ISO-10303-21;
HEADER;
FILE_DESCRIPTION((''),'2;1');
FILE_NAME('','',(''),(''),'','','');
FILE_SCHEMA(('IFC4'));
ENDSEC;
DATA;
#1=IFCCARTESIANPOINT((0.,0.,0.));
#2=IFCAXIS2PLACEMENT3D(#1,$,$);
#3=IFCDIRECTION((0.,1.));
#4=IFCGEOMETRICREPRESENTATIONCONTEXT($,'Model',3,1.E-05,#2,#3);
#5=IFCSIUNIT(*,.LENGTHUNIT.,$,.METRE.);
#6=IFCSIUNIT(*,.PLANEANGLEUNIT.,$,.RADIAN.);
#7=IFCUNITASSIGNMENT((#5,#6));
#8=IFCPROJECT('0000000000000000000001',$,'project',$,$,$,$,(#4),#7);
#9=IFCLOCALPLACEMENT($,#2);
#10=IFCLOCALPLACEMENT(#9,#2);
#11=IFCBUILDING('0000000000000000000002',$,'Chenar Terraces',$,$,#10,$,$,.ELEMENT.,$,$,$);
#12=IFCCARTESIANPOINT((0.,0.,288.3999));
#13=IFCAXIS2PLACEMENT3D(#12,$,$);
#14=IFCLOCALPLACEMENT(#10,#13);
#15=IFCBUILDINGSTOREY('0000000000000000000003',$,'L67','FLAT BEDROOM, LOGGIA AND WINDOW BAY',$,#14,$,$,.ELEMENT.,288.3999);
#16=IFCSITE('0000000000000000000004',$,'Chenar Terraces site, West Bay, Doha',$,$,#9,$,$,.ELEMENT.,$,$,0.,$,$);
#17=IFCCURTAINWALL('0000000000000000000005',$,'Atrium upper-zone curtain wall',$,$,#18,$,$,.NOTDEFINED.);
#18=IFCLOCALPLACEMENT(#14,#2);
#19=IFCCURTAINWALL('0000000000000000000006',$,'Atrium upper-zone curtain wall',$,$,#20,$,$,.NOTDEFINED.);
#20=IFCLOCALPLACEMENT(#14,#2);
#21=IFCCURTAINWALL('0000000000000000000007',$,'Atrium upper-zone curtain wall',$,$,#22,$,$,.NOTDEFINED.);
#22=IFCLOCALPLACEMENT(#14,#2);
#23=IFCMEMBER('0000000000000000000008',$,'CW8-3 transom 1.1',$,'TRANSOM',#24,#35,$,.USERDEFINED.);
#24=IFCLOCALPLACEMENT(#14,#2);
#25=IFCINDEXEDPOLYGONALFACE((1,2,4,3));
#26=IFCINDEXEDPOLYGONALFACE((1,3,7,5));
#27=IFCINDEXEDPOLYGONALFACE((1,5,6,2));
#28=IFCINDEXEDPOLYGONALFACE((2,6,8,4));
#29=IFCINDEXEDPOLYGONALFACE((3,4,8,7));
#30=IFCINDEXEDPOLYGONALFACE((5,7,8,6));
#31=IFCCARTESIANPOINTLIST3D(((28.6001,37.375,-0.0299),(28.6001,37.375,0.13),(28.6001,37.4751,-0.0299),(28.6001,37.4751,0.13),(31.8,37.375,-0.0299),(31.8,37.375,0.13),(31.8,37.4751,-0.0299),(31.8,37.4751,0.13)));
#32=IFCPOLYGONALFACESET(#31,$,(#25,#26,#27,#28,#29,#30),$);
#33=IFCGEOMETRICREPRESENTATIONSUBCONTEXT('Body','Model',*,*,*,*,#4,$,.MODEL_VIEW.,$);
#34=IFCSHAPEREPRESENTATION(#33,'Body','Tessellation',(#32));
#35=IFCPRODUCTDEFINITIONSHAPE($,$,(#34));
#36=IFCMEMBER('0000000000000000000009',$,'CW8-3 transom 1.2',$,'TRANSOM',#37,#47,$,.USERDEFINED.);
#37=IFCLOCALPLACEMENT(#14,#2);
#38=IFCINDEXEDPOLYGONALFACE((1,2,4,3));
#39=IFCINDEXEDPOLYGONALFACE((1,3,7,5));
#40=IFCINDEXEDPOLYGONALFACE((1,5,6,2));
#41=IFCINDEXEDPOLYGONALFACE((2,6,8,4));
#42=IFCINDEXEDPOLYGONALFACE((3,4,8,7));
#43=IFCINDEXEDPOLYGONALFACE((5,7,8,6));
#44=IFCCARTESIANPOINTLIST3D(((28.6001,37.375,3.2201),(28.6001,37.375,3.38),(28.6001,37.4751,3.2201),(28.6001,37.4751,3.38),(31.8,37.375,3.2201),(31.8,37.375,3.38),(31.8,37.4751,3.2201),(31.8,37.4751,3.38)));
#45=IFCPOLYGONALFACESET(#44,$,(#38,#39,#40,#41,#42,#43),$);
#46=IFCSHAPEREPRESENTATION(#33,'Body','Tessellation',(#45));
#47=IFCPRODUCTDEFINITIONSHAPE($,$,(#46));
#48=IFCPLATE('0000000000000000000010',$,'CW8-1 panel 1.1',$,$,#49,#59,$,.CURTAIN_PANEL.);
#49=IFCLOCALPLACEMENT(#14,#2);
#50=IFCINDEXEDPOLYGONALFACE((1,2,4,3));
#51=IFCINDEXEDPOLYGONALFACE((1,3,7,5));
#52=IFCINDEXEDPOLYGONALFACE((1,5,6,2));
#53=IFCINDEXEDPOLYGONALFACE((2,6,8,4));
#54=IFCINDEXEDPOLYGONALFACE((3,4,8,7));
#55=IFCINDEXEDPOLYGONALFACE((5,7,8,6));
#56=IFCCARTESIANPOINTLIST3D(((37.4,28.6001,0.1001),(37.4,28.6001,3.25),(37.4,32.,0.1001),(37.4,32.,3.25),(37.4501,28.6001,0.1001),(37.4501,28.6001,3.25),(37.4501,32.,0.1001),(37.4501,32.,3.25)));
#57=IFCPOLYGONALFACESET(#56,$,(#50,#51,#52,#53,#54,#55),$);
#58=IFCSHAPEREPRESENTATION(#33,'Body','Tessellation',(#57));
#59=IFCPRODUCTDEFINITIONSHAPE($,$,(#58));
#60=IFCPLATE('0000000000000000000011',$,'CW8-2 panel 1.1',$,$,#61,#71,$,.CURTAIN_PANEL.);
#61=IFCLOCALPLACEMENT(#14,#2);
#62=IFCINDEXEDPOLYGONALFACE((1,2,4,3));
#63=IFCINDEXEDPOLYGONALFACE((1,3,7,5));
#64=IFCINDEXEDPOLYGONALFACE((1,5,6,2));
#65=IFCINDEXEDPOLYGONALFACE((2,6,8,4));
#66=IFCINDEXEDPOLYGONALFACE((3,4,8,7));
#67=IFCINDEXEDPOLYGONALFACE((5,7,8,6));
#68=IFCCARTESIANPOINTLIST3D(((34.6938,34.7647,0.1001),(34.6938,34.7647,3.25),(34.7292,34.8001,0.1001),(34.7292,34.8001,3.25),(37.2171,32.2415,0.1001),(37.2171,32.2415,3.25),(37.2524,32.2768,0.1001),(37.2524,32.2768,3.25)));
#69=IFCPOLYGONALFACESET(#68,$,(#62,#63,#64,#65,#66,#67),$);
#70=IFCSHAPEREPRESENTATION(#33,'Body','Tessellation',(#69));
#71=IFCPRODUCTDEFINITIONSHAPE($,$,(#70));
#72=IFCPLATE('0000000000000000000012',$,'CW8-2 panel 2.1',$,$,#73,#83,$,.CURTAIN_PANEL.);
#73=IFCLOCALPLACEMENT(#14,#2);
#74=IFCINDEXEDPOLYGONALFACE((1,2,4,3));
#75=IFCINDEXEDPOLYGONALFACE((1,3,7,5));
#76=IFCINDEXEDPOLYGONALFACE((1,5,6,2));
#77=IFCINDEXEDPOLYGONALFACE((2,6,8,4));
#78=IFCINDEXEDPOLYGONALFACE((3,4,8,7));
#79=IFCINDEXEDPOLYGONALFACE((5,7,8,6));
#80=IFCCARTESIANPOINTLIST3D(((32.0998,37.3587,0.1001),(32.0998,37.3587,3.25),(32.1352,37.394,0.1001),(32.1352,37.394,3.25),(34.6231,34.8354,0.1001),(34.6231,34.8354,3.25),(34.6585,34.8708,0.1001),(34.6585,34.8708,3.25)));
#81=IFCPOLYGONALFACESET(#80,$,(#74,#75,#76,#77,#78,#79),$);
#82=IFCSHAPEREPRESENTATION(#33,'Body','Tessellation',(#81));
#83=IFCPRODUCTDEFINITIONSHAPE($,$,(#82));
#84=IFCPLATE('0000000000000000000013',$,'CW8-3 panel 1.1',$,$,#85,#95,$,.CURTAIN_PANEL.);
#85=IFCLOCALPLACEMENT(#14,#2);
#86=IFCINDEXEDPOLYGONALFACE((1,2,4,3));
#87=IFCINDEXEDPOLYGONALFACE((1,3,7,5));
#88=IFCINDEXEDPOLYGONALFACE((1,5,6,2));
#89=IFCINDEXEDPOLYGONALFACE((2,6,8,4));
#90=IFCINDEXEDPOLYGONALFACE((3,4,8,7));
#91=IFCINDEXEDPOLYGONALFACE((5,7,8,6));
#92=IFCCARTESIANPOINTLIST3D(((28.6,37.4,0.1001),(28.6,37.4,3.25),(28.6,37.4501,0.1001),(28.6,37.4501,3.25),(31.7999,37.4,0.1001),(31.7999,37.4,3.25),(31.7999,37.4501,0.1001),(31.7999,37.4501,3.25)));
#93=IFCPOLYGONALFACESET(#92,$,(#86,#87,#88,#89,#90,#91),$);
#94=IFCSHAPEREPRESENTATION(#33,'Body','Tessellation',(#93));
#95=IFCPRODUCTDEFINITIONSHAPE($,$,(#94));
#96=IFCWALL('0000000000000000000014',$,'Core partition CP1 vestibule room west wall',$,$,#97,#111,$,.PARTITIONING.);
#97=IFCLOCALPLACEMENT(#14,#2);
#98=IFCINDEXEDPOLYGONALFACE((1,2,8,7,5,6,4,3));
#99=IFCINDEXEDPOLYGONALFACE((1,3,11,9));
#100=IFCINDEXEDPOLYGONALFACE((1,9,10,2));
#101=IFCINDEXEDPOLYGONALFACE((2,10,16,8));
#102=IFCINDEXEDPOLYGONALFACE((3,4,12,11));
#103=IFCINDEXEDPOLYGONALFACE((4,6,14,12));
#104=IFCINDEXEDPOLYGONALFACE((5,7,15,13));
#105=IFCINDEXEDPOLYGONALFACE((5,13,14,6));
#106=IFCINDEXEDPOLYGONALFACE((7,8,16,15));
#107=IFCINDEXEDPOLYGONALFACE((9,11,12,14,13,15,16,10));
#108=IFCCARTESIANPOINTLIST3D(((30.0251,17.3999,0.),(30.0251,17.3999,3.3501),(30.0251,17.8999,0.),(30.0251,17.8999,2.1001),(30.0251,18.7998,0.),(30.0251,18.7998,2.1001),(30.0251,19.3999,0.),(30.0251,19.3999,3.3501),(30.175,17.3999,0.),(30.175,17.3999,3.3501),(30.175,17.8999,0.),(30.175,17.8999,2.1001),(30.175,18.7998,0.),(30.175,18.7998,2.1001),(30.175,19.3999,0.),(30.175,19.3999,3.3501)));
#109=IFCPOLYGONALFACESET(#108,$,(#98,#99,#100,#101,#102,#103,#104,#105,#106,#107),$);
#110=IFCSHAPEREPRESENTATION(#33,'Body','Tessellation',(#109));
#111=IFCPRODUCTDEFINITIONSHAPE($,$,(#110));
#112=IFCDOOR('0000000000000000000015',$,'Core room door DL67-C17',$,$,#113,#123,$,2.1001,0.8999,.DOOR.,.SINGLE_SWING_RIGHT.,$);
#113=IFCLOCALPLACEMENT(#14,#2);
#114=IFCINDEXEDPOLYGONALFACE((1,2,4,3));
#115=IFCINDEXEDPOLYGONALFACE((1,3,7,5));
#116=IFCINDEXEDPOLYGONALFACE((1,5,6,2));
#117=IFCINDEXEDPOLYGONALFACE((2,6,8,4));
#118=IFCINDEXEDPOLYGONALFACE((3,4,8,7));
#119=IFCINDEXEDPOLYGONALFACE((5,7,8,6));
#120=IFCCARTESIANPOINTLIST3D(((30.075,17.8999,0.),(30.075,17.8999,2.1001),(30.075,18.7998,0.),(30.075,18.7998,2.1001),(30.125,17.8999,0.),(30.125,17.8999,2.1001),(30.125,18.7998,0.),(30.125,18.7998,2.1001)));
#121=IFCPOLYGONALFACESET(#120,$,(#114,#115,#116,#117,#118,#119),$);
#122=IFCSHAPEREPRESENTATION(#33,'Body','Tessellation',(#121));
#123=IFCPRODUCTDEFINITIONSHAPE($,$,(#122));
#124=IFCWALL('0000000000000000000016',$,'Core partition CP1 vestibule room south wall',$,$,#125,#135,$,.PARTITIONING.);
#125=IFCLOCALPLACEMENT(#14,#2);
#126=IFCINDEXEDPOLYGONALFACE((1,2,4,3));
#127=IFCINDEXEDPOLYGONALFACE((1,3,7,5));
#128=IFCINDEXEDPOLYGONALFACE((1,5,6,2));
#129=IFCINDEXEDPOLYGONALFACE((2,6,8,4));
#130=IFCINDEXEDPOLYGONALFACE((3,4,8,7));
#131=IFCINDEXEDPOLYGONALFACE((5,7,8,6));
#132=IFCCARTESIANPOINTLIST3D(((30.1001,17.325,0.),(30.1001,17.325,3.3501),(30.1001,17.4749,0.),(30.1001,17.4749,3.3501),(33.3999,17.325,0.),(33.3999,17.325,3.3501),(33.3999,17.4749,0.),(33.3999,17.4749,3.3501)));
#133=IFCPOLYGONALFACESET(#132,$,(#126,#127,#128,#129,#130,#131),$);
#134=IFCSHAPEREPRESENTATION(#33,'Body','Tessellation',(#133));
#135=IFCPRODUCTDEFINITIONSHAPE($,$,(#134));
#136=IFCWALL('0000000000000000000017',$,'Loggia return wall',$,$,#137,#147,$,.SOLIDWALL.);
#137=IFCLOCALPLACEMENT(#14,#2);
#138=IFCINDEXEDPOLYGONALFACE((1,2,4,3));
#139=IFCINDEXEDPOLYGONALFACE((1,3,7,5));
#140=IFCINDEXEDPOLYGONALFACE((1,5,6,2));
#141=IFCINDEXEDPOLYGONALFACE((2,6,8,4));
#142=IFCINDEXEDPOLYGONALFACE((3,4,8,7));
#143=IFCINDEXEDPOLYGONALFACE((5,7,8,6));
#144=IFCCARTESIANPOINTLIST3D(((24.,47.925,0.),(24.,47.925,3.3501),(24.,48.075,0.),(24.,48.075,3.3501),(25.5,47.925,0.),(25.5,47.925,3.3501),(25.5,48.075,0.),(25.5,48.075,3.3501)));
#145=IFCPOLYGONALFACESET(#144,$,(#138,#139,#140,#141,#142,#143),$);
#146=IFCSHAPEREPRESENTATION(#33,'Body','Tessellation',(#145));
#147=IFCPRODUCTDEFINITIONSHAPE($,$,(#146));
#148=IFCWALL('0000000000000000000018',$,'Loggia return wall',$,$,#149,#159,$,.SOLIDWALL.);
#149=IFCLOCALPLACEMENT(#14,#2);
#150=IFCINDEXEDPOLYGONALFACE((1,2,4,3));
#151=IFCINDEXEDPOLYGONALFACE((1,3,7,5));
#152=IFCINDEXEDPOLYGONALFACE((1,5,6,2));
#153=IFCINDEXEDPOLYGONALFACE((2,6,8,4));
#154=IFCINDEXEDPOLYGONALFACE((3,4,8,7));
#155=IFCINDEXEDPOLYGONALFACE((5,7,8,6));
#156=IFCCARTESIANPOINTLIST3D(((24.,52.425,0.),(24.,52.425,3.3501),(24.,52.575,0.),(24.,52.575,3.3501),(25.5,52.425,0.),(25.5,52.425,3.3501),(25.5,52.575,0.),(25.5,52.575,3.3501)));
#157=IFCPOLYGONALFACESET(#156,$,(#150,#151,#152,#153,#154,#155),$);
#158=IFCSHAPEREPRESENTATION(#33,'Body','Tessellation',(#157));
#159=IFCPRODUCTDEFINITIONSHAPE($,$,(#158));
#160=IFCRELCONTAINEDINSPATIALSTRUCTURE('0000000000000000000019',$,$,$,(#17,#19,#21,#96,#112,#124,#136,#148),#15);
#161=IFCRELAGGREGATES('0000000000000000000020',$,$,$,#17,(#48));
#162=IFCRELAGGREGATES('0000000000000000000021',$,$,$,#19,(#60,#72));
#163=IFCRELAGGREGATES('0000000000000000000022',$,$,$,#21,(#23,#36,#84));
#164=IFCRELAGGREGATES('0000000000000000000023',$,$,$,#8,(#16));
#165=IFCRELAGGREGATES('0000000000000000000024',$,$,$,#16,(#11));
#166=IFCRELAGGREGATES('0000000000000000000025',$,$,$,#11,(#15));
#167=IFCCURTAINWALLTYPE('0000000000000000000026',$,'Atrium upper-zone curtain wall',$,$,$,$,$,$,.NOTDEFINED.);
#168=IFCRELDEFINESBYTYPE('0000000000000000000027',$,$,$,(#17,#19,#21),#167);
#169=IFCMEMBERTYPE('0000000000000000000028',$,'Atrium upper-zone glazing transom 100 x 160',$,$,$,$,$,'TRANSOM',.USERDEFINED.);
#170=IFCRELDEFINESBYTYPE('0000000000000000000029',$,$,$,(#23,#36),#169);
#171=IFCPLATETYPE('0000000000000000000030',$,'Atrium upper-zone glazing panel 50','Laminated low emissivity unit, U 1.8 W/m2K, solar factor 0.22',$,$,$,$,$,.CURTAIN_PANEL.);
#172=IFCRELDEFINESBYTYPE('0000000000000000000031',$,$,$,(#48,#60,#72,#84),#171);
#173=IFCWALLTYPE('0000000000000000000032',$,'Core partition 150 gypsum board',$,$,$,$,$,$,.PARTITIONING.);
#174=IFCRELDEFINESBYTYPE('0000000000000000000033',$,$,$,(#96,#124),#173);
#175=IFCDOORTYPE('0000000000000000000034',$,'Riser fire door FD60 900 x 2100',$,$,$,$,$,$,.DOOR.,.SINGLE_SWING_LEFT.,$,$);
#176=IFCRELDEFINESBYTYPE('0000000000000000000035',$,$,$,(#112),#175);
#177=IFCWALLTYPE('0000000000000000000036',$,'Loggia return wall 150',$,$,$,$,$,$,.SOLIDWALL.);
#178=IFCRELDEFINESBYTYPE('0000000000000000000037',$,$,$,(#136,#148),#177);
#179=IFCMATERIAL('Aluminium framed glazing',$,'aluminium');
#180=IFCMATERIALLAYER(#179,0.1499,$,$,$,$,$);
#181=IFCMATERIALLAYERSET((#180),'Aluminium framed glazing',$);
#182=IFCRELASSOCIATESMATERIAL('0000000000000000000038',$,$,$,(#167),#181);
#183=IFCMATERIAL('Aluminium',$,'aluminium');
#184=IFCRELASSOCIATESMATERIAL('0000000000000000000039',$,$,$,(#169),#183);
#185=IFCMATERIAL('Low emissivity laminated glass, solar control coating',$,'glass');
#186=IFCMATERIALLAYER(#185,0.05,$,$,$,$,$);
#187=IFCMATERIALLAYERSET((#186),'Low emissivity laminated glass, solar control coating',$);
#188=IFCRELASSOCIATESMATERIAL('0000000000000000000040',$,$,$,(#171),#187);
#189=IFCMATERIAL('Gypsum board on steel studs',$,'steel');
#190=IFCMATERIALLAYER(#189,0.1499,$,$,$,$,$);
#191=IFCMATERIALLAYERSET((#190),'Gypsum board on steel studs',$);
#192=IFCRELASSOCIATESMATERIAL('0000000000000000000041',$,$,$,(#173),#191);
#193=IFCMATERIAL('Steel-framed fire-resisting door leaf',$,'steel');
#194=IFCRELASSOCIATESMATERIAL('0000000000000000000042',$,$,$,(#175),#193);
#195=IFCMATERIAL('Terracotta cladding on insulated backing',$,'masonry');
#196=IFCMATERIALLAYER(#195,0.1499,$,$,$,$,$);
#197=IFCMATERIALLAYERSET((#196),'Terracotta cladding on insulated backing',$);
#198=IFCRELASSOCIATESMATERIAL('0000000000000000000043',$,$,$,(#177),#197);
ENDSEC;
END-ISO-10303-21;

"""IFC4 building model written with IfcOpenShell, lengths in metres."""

from ifc_helpers import new_model, si_unit, direction, frame, frame_2d, origin, origin_2d, place, context, subcontext, project, spatial, rectangle, extrude, material, layer, layer_set, material_profile, profile_set, type_object, element, fill, aggregate, save


model = new_model("IFC4")

# Units and contexts
model_context = context("Model", 3, precision=1e-05, world=origin(), true_north=direction((0.0, 1.0)))
body_context = subcontext(model_context, "Body", "Model", "MODEL_VIEW")
ifc_project = project(units=[si_unit("LENGTHUNIT", "METRE"), si_unit("PLANEANGLEUNIT", "RADIAN")], contexts=[model_context])

# Site, building, storey
site_placement = place(None, origin())
site = spatial("IfcSite", under=ifc_project, at=site_placement, Name="Chenar Terraces site, West Bay, Doha", CompositionType="ELEMENT", RefElevation=0.0)
building_placement = place(site_placement, origin())
building = spatial("IfcBuilding", under=site, at=building_placement, Name="Chenar Terraces", CompositionType="ELEMENT")
storey_placement = place(building_placement, frame((0.0, 0.0, 288.3999)))
storey = spatial("IfcBuildingStorey", under=building, at=storey_placement, Name="L67", Description="FLAT BEDROOM, LOGGIA AND WINDOW BAY", CompositionType="ELEMENT", Elevation=288.3999)

# Curtain walls
ifc_material_1 = material(Name="Aluminium framed glazing", Category="aluminium")
ifc_layer_1 = layer(ifc_material_1, 0.1499)
ifc_layer_set_1 = layer_set([ifc_layer_1], Name="Aluminium framed glazing")
curtain_wall_type = type_object("IfcCurtainWallType", Name="Atrium upper-zone curtain wall", PredefinedType="NOTDEFINED", material=ifc_layer_set_1)
placement = place(storey_placement, origin())
curtain_wall_1 = element("IfcCurtainWall", 1, at=placement, inside=storey, type_object=curtain_wall_type, Name="Atrium upper-zone curtain wall", PredefinedType="NOTDEFINED")
curtain_wall_2 = element("IfcCurtainWall", 2, at=placement, inside=storey, type_object=curtain_wall_type, Name="Atrium upper-zone curtain wall", PredefinedType="NOTDEFINED")
curtain_wall_3 = element("IfcCurtainWall", 3, at=placement, inside=storey, type_object=curtain_wall_type, Name="Atrium upper-zone curtain wall", PredefinedType="NOTDEFINED")

# Members
ifc_material_2 = material(Name="Aluminium", Category="aluminium")
ifc_material_profile_1 = material_profile(ifc_material_2, rectangle(XDim=0.1001, YDim=0.1599, at=origin_2d()), Name="Atrium upper-zone glazing transom 100 x 160")
ifc_profile_set_1 = profile_set([ifc_material_profile_1], Name="Aluminium")
member_type_1 = type_object("IfcMemberType", Name="Atrium upper-zone glazing transom 100 x 160", ElementType="TRANSOM", PredefinedType="USERDEFINED", material=ifc_profile_set_1)
member_1_placement = place(storey_placement, frame((31.8, 37.425, 0.05), z_axis=(-1.0, 0.0, 0.0), x_axis=(0.0, -1.0, 0.0)))
member_1 = element("IfcMember", 4, at=member_1_placement, type_object=member_type_1, Name="CW8-3 transom 1.1", ObjectType="TRANSOM", PredefinedType="USERDEFINED", context=body_context, shape_type="SweptSolid", body=[
    extrude(rectangle(XDim=0.1001, YDim=0.1599, at=origin_2d()), origin(), (0.0, 0.0, 1.0), 3.2),
])
member_2_placement = place(storey_placement, frame((31.8, 37.425, 3.3), z_axis=(-1.0, 0.0, 0.0), x_axis=(0.0, -1.0, 0.0)))
member_2 = element("IfcMember", 5, at=member_2_placement, type_object=member_type_1, Name="CW8-3 transom 1.2", ObjectType="TRANSOM", PredefinedType="USERDEFINED", context=body_context, shape_type="SweptSolid", body=[
    extrude(rectangle(XDim=0.1001, YDim=0.1599, at=origin_2d()), origin(), (0.0, 0.0, 1.0), 3.2),
])

# Plates
ifc_material_3 = material(Name="Low emissivity laminated glass, solar control coating", Category="glass")
ifc_layer_2 = layer(ifc_material_3, 0.05)
ifc_layer_set_2 = layer_set([ifc_layer_2], Name="Low emissivity laminated glass, solar control coating")
plate_type = type_object("IfcPlateType", Name="Atrium upper-zone glazing panel 50", Description="Laminated low emissivity unit, U 1.8 W/m2K, solar factor 0.22", PredefinedType="CURTAIN_PANEL", material=ifc_layer_set_2)
plate_1_placement = place(storey_placement, frame((37.425, 30.3, 0.1001), z_axis=(0.0, 0.0, 1.0), x_axis=(0.0, 1.0, 0.0)))
plate_1 = element("IfcPlate", 6, at=plate_1_placement, type_object=plate_type, Name="CW8-1 panel 1.1", PredefinedType="CURTAIN_PANEL", context=body_context, shape_type="SweptSolid", body=[
    extrude(rectangle(XDim=3.3999, YDim=0.05, at=origin_2d()), origin(), (0.0, 0.0, 1.0), 3.1499),
])
aggregate(curtain_wall_1, [plate_1])
plate_2_placement = place(storey_placement, frame((35.9731, 33.5208, 0.1001), z_axis=(0.0, 0.0, 1.0), x_axis=(-0.707107, 0.707107, 0.0)))
plate_2 = element("IfcPlate", 7, at=plate_2_placement, type_object=plate_type, Name="CW8-2 panel 1.1", PredefinedType="CURTAIN_PANEL", context=body_context, shape_type="SweptSolid", body=[
    extrude(rectangle(XDim=3.5684, YDim=0.05, at=origin_2d()), origin(), (0.0, 0.0, 1.0), 3.1499),
])
plate_3_placement = place(storey_placement, frame((33.3792, 36.1147, 0.1001), z_axis=(0.0, 0.0, 1.0), x_axis=(-0.707107, 0.707107, 0.0)))
plate_3 = element("IfcPlate", 8, at=plate_3_placement, type_object=plate_type, Name="CW8-2 panel 2.1", PredefinedType="CURTAIN_PANEL", context=body_context, shape_type="SweptSolid", body=[
    extrude(rectangle(XDim=3.5684, YDim=0.05, at=origin_2d()), origin(), (0.0, 0.0, 1.0), 3.1499),
])
aggregate(curtain_wall_2, [plate_2, plate_3])
plate_4_placement = place(storey_placement, frame((30.2, 37.425, 0.1001), z_axis=(0.0, 0.0, 1.0), x_axis=(-1.0, 0.0, 0.0)))
plate_4 = element("IfcPlate", 9, at=plate_4_placement, type_object=plate_type, Name="CW8-3 panel 1.1", PredefinedType="CURTAIN_PANEL", context=body_context, shape_type="SweptSolid", body=[
    extrude(rectangle(XDim=3.2, YDim=0.05, at=origin_2d()), origin(), (0.0, 0.0, 1.0), 3.1499),
])
aggregate(curtain_wall_3, [member_1, member_2, plate_4])

# Wall, opening, door
ifc_material_4 = material(Name="Gypsum board on steel studs", Category="steel")
ifc_layer_3 = layer(ifc_material_4, 0.1499)
ifc_layer_set_3 = layer_set([ifc_layer_3], Name="Gypsum board on steel studs")
wall_type_1 = type_object("IfcWallType", Name="Core partition 150 gypsum board", PredefinedType="PARTITIONING", material=ifc_layer_set_3)
wall_1_placement = place(storey_placement, frame((30.1001, 17.3999, 0.0), z_axis=(0.0, 0.0, 1.0), x_axis=(0.0, 1.0, 0.0)))
wall_1 = element("IfcWall", 10, at=wall_1_placement, inside=storey, type_object=wall_type_1, Name="Core partition CP1 vestibule room west wall", PredefinedType="PARTITIONING", context=body_context, shape_type="SweptSolid", body=[
    extrude(rectangle(XDim=2.0, YDim=0.1499, at=frame_2d((1.0, 0.0))), origin(), (0.0, 0.0, 1.0), 3.3501),
])
opening_1_placement = place(wall_1_placement, frame((0.5, 0.0, 0.0)))
opening_1 = element("IfcOpeningElement", 11, at=opening_1_placement, cuts=wall_1, PredefinedType="OPENING", context=body_context, shape_type="SweptSolid", body=[
    extrude(rectangle(XDim=0.8999, YDim=2.1001, at=frame_2d((0.45, 1.05))), frame((0.0, 0.085, 0.0), z_axis=(0.0, -1.0, 0.0), x_axis=(1.0, 0.0, 0.0)), (0.0, 0.0, 1.0), 0.1699),
])
ifc_material_5 = material(Name="Steel-framed fire-resisting door leaf", Category="steel")
door_type = type_object("IfcDoorType", Name="Riser fire door FD60 900 x 2100", OperationType="SINGLE_SWING_LEFT", PredefinedType="DOOR", material=ifc_material_5)
door_placement = place(opening_1_placement, frame((0.8999, 0.0, 0.0), z_axis=(0.0, 0.0, 1.0), x_axis=(-1.0, 0.0, 0.0)))
door = element("IfcDoor", 12, at=door_placement, inside=storey, type_object=door_type, Name="Core room door DL67-C17", OperationType="SINGLE_SWING_RIGHT", OverallHeight=2.1001, OverallWidth=0.8999, PredefinedType="DOOR", context=body_context, shape_type="SweptSolid", body=[
    extrude(rectangle(XDim=0.8999, YDim=2.1001, at=frame_2d((0.45, 1.05))), frame((0.0, 0.0249, 0.0), z_axis=(0.0, -1.0, 0.0), x_axis=(1.0, 0.0, 0.0)), (0.0, 0.0, 1.0), 0.05),
])
fill(opening_1, door)

# Walls
wall_2_placement = place(storey_placement, frame((30.1001, 17.3999, 0.0), z_axis=(0.0, 0.0, 1.0), x_axis=(1.0, 0.0, 0.0)))
element("IfcWall", 13, at=wall_2_placement, inside=storey, type_object=wall_type_1, Name="Core partition CP1 vestibule room south wall", PredefinedType="PARTITIONING", context=body_context, shape_type="SweptSolid", body=[
    extrude(rectangle(XDim=3.2998, YDim=0.1499, at=frame_2d((1.6499, 0.0))), origin(), (0.0, 0.0, 1.0), 3.3501),
])
ifc_material_6 = material(Name="Terracotta cladding on insulated backing", Category="masonry")
ifc_layer_4 = layer(ifc_material_6, 0.1499)
ifc_layer_set_4 = layer_set([ifc_layer_4], Name="Terracotta cladding on insulated backing")
wall_type_2 = type_object("IfcWallType", Name="Loggia return wall 150", PredefinedType="SOLIDWALL", material=ifc_layer_set_4)
for number, where, z_axis, x_axis, name in (
    (14, (25.5, 48.0, 0.0), (0.0, 0.0, 1.0), (-1.0, 0.0, 0.0), "Loggia return wall"),
    (15, (25.5, 52.5, 0.0), (0.0, 0.0, 1.0), (-1.0, 0.0, 0.0), "Loggia return wall"),
):
    element("IfcWall", number, at=place(storey_placement, frame(where, z_axis=z_axis, x_axis=x_axis)), inside=storey, type_object=wall_type_2, Name=name, PredefinedType="SOLIDWALL", context=body_context, shape_type="SweptSolid", body=[
        extrude(rectangle(XDim=1.5, YDim=0.1499, at=frame_2d((0.75, 0.0))), origin(), (0.0, 0.0, 1.0), 3.3501),
    ])

save(model, "model.ifc")
